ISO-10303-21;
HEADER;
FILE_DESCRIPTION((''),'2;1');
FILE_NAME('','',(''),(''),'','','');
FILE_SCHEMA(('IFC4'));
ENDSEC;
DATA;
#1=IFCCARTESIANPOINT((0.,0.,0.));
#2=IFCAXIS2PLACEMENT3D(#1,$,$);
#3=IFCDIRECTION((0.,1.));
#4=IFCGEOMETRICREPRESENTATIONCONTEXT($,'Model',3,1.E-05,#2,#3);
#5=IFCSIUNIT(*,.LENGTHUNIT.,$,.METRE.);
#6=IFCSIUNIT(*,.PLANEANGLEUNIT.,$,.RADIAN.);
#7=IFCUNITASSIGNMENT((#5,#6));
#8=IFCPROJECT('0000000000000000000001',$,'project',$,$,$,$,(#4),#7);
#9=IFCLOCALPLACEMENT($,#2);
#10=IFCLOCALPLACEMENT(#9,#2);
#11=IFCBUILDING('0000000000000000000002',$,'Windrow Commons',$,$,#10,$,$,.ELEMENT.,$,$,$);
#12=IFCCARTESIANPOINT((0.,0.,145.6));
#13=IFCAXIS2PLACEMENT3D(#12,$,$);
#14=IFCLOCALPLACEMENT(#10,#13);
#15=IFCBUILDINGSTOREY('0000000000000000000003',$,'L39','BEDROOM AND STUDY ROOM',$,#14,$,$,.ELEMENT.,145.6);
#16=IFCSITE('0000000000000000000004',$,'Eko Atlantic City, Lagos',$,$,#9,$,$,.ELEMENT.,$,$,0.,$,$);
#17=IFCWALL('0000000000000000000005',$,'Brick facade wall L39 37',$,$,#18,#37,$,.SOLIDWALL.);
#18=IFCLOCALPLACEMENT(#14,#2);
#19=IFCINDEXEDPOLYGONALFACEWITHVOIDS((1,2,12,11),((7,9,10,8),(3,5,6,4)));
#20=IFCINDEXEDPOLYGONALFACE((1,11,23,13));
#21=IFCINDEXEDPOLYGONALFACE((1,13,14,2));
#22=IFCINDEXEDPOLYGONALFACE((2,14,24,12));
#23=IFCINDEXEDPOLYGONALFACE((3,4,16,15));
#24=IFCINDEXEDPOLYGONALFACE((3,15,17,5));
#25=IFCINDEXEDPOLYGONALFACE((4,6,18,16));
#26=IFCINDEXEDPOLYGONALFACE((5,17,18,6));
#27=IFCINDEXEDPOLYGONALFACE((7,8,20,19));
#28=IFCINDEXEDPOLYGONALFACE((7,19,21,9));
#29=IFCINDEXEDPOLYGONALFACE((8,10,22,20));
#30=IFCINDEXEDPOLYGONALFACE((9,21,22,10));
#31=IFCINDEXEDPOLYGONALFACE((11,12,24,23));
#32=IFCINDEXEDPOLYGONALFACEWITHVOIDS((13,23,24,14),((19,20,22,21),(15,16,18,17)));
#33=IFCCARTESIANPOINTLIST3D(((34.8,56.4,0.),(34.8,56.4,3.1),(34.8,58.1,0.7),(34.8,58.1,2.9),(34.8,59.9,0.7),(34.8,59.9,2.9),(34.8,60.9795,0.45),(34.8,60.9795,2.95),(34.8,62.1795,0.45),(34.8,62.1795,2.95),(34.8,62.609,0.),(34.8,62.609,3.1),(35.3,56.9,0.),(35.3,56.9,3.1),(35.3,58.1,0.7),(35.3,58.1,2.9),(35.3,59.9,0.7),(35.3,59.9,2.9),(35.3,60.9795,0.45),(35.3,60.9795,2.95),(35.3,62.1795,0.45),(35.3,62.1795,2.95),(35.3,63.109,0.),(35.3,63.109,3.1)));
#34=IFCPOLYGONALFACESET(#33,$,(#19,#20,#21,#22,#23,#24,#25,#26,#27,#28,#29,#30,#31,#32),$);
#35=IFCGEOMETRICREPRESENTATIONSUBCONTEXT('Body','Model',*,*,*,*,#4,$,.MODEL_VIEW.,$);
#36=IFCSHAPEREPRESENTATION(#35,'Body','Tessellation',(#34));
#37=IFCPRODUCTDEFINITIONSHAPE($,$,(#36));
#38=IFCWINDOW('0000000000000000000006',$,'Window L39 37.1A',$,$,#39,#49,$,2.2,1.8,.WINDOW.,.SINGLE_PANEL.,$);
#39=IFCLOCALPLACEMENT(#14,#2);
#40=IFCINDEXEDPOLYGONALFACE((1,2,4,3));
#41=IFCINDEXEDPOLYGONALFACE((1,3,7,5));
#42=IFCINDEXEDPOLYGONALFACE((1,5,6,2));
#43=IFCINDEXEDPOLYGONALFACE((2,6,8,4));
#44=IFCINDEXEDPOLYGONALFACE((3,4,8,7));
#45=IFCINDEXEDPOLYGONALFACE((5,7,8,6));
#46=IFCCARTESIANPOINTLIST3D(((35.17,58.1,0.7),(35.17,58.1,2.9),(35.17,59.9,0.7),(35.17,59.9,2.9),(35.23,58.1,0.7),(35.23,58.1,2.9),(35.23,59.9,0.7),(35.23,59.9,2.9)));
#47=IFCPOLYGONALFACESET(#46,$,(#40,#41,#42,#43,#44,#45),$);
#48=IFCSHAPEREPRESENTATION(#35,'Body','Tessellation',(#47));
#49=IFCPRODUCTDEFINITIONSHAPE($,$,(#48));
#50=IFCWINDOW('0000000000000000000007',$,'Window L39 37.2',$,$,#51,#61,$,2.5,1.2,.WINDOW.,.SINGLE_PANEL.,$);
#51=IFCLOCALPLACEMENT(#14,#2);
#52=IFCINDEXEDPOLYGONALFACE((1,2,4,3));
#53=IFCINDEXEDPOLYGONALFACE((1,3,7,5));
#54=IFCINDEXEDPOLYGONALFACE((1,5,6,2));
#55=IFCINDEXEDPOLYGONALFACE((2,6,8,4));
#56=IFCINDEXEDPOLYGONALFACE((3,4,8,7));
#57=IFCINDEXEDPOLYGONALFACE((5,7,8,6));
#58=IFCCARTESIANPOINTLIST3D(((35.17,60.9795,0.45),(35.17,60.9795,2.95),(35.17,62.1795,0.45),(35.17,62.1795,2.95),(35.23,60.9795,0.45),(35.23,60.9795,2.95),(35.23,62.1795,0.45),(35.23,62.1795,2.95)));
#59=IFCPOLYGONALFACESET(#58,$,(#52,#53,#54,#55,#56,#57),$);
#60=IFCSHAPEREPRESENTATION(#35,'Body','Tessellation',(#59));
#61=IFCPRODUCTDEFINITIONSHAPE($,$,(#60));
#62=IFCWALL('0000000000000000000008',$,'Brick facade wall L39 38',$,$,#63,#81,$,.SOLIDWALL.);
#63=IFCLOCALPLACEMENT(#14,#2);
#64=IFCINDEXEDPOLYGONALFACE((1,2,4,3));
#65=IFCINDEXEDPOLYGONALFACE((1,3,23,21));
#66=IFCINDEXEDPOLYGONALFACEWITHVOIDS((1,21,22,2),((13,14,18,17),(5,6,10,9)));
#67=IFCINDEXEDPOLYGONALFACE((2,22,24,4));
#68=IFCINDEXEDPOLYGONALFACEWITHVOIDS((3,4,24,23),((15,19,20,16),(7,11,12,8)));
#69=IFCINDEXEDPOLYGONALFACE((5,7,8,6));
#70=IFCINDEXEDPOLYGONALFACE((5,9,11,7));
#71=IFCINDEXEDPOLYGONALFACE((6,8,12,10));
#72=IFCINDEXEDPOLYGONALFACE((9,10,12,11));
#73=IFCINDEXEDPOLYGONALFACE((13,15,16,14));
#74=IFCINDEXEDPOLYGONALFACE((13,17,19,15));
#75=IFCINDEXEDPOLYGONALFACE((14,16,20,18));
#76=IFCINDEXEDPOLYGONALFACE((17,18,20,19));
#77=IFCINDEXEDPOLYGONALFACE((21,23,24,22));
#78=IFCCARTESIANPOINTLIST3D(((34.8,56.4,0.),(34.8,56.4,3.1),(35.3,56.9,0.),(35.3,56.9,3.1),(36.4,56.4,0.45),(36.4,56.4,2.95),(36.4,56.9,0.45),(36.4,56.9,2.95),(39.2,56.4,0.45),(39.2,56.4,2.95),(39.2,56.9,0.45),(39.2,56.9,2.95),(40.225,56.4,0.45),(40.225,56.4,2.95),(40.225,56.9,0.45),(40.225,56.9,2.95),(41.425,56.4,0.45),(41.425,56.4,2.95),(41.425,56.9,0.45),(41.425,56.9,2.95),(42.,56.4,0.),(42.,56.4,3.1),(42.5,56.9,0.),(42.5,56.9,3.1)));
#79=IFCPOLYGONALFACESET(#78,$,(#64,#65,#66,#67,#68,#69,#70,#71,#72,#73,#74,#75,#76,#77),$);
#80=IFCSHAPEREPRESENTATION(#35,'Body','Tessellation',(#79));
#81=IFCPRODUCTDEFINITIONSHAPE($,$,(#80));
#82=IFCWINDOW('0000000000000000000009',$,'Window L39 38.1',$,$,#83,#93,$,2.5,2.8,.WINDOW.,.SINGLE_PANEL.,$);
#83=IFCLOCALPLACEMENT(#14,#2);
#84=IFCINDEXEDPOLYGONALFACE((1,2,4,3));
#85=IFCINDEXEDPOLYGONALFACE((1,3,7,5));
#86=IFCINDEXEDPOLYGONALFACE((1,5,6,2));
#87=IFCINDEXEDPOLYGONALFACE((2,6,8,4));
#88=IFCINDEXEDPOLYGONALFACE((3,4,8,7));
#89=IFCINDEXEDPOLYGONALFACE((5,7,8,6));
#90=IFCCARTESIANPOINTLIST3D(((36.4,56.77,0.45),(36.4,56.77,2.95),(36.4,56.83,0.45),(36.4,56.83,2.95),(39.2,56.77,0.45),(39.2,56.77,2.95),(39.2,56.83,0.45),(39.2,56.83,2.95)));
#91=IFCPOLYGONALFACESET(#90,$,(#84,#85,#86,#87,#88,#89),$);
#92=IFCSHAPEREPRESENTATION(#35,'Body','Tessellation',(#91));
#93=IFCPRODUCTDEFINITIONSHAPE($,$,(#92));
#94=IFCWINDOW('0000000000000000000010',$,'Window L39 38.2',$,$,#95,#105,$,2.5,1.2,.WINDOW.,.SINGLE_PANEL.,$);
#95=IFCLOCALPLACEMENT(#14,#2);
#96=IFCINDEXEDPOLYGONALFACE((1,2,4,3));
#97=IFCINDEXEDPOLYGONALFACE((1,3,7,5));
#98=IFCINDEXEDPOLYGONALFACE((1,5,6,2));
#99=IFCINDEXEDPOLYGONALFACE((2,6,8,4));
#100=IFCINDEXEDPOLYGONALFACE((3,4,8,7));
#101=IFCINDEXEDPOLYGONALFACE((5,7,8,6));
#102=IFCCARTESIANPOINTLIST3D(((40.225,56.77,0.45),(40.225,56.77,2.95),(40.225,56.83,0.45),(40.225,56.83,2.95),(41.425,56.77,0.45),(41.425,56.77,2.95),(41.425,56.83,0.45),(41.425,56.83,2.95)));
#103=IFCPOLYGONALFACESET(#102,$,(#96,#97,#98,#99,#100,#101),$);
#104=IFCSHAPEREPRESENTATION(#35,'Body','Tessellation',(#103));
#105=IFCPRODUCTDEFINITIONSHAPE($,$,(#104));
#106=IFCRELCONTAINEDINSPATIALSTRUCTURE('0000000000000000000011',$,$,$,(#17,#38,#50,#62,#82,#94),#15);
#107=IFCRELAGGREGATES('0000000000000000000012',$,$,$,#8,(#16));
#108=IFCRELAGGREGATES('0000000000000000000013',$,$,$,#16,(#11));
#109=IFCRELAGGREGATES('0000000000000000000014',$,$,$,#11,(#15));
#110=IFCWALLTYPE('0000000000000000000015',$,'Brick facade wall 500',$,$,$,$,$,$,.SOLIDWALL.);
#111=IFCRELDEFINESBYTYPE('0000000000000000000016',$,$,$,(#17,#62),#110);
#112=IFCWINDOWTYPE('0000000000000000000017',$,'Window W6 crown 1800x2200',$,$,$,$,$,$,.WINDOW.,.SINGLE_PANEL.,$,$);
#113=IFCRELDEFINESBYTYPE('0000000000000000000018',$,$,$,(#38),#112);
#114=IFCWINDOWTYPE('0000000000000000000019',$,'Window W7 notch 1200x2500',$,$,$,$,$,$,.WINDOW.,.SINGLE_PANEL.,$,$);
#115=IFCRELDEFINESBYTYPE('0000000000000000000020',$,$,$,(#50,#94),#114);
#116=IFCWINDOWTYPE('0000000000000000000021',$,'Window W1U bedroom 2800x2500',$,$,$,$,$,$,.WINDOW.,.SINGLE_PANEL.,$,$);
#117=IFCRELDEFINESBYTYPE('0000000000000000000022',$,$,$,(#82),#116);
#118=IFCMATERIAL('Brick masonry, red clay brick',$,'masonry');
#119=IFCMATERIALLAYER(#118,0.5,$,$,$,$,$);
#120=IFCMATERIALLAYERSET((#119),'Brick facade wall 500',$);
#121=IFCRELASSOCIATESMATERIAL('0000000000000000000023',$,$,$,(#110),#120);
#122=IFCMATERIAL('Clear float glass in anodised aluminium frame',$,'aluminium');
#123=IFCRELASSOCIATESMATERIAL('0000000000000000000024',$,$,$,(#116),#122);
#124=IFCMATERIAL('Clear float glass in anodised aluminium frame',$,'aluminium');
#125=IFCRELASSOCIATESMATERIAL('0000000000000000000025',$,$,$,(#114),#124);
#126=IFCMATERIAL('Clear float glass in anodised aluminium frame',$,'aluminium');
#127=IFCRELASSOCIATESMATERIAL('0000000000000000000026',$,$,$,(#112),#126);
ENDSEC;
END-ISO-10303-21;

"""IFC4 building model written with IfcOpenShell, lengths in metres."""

from ifc_helpers import new_model, si_unit, direction, frame, frame_2d, origin, place, context, subcontext, project, spatial, polyline, rectangle, outline, extrude, material, layer, layer_set, type_object, element, fill, save


model = new_model("IFC4")

# Units and contexts
model_context = context("Model", 3, precision=1e-05, world=origin(), true_north=direction((0.0, 1.0)))
body_context = subcontext(model_context, "Body", "Model", "MODEL_VIEW")
ifc_project = project(units=[si_unit("LENGTHUNIT", "METRE"), si_unit("PLANEANGLEUNIT", "RADIAN")], contexts=[model_context])

# Site, building, storey
site_placement = place(None, origin())
site = spatial("IfcSite", under=ifc_project, at=site_placement, Name="Eko Atlantic City, Lagos", CompositionType="ELEMENT", RefElevation=0.0)
building_placement = place(site_placement, origin())
building = spatial("IfcBuilding", under=site, at=building_placement, Name="Windrow Commons", CompositionType="ELEMENT")
storey_placement = place(building_placement, frame((0.0, 0.0, 145.6)))
storey = spatial("IfcBuildingStorey", under=building, at=storey_placement, Name="L39", Description="BEDROOM AND STUDY ROOM", CompositionType="ELEMENT", Elevation=145.6)

# Walls, openings, windows
ifc_material_1 = material(Name="Brick masonry, red clay brick", Category="masonry")
ifc_layer_1 = layer(ifc_material_1, 0.5)
ifc_layer_set_1 = layer_set([ifc_layer_1], Name="Brick facade wall 500")
wall_type_1 = type_object("IfcWallType", Name="Brick facade wall 500", PredefinedType="SOLIDWALL", material=ifc_layer_set_1)
ifc_material_2 = material(Name="Clear float glass in anodised aluminium frame", Category="aluminium")
window_type_1 = type_object("IfcWindowType", Name="Window W1U bedroom 2800x2500", PartitioningType="SINGLE_PANEL", PredefinedType="WINDOW", material=ifc_material_2)
ifc_material_3 = material(Name="Clear float glass in anodised aluminium frame", Category="aluminium")
window_type_2 = type_object("IfcWindowType", Name="Window W7 notch 1200x2500", PartitioningType="SINGLE_PANEL", PredefinedType="WINDOW", material=ifc_material_3)
wall_1_placement = place(storey_placement, frame((35.05, 62.859, 0.0), z_axis=(0.0, 0.0, 1.0), x_axis=(0.0, -1.0, 0.0)))
wall_1 = element("IfcWall", 1, at=wall_1_placement, inside=storey, type_object=wall_type_1, Name="Brick facade wall L39 37", PredefinedType="SOLIDWALL", context=body_context, shape_type="SweptSolid", body=[
    extrude(outline(polyline([(0.25, -0.25), (6.459, -0.25), (5.959, 0.25), (-0.25, 0.25), (0.25, -0.25)])), origin(), (0.0, 0.0, 1.0), 3.1),
])
opening_1_placement = place(wall_1_placement, frame((0.6795, 0.0, 0.45)))
opening_1 = element("IfcOpeningElement", 2, at=opening_1_placement, cuts=wall_1, PredefinedType="OPENING", context=body_context, shape_type="SweptSolid", body=[
    extrude(rectangle(XDim=1.2, YDim=2.5, at=frame_2d((0.6, 1.25))), frame((0.0, 0.26, 0.0), z_axis=(0.0, -1.0, 0.0), x_axis=(1.0, 0.0, 0.0)), (0.0, 0.0, 1.0), 0.52),
])
opening_2_placement = place(wall_1_placement, frame((2.959, 0.0, 0.7)))
opening_2 = element("IfcOpeningElement", 3, at=opening_2_placement, cuts=wall_1, PredefinedType="OPENING", context=body_context, shape_type="SweptSolid", body=[
    extrude(rectangle(XDim=1.8, YDim=2.2, at=frame_2d((0.9, 1.1))), frame((0.0, 0.26, 0.0), z_axis=(0.0, -1.0, 0.0), x_axis=(1.0, 0.0, 0.0)), (0.0, 0.0, 1.0), 0.52),
])
ifc_material_4 = material(Name="Clear float glass in anodised aluminium frame", Category="aluminium")
window_type_3 = type_object("IfcWindowType", Name="Window W6 crown 1800x2200", PartitioningType="SINGLE_PANEL", PredefinedType="WINDOW", material=ifc_material_4)
window_1_placement = place(opening_2_placement, origin())
window_1 = element("IfcWindow", 4, at=window_1_placement, inside=storey, type_object=window_type_3, Name="Window L39 37.1A", OverallHeight=2.2, OverallWidth=1.8, PartitioningType="SINGLE_PANEL", PredefinedType="WINDOW", context=body_context, shape_type="SweptSolid", body=[
    extrude(rectangle(XDim=1.8, YDim=2.2, at=frame_2d((0.9, 1.1))), frame((0.0, 0.18, 0.0), z_axis=(0.0, -1.0, 0.0), x_axis=(1.0, 0.0, 0.0)), (0.0, 0.0, 1.0), 0.06),
])
fill(opening_2, window_1)
window_2_placement = place(opening_1_placement, origin())
window_2 = element("IfcWindow", 5, at=window_2_placement, inside=storey, type_object=window_type_2, Name="Window L39 37.2", OverallHeight=2.5, OverallWidth=1.2, PartitioningType="SINGLE_PANEL", PredefinedType="WINDOW", context=body_context, shape_type="SweptSolid", body=[
    extrude(rectangle(XDim=1.2, YDim=2.5, at=frame_2d((0.6, 1.25))), frame((0.0, 0.18, 0.0), z_axis=(0.0, -1.0, 0.0), x_axis=(1.0, 0.0, 0.0)), (0.0, 0.0, 1.0), 0.06),
])
fill(opening_1, window_2)
wall_2_placement = place(storey_placement, frame((35.05, 56.65, 0.0), z_axis=(0.0, 0.0, 1.0), x_axis=(1.0, 0.0, 0.0)))
wall_2 = element("IfcWall", 6, at=wall_2_placement, inside=storey, type_object=wall_type_1, Name="Brick facade wall L39 38", PredefinedType="SOLIDWALL", context=body_context, shape_type="SweptSolid", body=[
    extrude(outline(polyline([(-0.25, -0.25), (6.95, -0.25), (7.45, 0.25), (0.25, 0.25), (-0.25, -0.25)])), origin(), (0.0, 0.0, 1.0), 3.1),
])
opening_3_placement = place(wall_2_placement, frame((1.35, 0.0, 0.45)))
opening_3 = element("IfcOpeningElement", 7, at=opening_3_placement, cuts=wall_2, PredefinedType="OPENING", context=body_context, shape_type="SweptSolid", body=[
    extrude(rectangle(XDim=2.8, YDim=2.5, at=frame_2d((1.4, 1.25))), frame((0.0, 0.26, 0.0), z_axis=(0.0, -1.0, 0.0), x_axis=(1.0, 0.0, 0.0)), (0.0, 0.0, 1.0), 0.52),
])
opening_4_placement = place(wall_2_placement, frame((5.175, 0.0, 0.45)))
opening_4 = element("IfcOpeningElement", 8, at=opening_4_placement, cuts=wall_2, PredefinedType="OPENING", context=body_context, shape_type="SweptSolid", body=[
    extrude(rectangle(XDim=1.2, YDim=2.5, at=frame_2d((0.6, 1.25))), frame((0.0, 0.26, 0.0), z_axis=(0.0, -1.0, 0.0), x_axis=(1.0, 0.0, 0.0)), (0.0, 0.0, 1.0), 0.52),
])
window_3_placement = place(opening_3_placement, origin())
window_3 = element("IfcWindow", 9, at=window_3_placement, inside=storey, type_object=window_type_1, Name="Window L39 38.1", OverallHeight=2.5, OverallWidth=2.8, PartitioningType="SINGLE_PANEL", PredefinedType="WINDOW", context=body_context, shape_type="SweptSolid", body=[
    extrude(rectangle(XDim=2.8, YDim=2.5, at=frame_2d((1.4, 1.25))), frame((0.0, 0.18, 0.0), z_axis=(0.0, -1.0, 0.0), x_axis=(1.0, 0.0, 0.0)), (0.0, 0.0, 1.0), 0.06),
])
fill(opening_3, window_3)
window_4_placement = place(opening_4_placement, origin())
window_4 = element("IfcWindow", 10, at=window_4_placement, inside=storey, type_object=window_type_2, Name="Window L39 38.2", OverallHeight=2.5, OverallWidth=1.2, PartitioningType="SINGLE_PANEL", PredefinedType="WINDOW", context=body_context, shape_type="SweptSolid", body=[
    extrude(rectangle(XDim=1.2, YDim=2.5, at=frame_2d((0.6, 1.25))), frame((0.0, 0.18, 0.0), z_axis=(0.0, -1.0, 0.0), x_axis=(1.0, 0.0, 0.0)), (0.0, 0.0, 1.0), 0.06),
])
fill(opening_4, window_4)

save(model, "model.ifc")
